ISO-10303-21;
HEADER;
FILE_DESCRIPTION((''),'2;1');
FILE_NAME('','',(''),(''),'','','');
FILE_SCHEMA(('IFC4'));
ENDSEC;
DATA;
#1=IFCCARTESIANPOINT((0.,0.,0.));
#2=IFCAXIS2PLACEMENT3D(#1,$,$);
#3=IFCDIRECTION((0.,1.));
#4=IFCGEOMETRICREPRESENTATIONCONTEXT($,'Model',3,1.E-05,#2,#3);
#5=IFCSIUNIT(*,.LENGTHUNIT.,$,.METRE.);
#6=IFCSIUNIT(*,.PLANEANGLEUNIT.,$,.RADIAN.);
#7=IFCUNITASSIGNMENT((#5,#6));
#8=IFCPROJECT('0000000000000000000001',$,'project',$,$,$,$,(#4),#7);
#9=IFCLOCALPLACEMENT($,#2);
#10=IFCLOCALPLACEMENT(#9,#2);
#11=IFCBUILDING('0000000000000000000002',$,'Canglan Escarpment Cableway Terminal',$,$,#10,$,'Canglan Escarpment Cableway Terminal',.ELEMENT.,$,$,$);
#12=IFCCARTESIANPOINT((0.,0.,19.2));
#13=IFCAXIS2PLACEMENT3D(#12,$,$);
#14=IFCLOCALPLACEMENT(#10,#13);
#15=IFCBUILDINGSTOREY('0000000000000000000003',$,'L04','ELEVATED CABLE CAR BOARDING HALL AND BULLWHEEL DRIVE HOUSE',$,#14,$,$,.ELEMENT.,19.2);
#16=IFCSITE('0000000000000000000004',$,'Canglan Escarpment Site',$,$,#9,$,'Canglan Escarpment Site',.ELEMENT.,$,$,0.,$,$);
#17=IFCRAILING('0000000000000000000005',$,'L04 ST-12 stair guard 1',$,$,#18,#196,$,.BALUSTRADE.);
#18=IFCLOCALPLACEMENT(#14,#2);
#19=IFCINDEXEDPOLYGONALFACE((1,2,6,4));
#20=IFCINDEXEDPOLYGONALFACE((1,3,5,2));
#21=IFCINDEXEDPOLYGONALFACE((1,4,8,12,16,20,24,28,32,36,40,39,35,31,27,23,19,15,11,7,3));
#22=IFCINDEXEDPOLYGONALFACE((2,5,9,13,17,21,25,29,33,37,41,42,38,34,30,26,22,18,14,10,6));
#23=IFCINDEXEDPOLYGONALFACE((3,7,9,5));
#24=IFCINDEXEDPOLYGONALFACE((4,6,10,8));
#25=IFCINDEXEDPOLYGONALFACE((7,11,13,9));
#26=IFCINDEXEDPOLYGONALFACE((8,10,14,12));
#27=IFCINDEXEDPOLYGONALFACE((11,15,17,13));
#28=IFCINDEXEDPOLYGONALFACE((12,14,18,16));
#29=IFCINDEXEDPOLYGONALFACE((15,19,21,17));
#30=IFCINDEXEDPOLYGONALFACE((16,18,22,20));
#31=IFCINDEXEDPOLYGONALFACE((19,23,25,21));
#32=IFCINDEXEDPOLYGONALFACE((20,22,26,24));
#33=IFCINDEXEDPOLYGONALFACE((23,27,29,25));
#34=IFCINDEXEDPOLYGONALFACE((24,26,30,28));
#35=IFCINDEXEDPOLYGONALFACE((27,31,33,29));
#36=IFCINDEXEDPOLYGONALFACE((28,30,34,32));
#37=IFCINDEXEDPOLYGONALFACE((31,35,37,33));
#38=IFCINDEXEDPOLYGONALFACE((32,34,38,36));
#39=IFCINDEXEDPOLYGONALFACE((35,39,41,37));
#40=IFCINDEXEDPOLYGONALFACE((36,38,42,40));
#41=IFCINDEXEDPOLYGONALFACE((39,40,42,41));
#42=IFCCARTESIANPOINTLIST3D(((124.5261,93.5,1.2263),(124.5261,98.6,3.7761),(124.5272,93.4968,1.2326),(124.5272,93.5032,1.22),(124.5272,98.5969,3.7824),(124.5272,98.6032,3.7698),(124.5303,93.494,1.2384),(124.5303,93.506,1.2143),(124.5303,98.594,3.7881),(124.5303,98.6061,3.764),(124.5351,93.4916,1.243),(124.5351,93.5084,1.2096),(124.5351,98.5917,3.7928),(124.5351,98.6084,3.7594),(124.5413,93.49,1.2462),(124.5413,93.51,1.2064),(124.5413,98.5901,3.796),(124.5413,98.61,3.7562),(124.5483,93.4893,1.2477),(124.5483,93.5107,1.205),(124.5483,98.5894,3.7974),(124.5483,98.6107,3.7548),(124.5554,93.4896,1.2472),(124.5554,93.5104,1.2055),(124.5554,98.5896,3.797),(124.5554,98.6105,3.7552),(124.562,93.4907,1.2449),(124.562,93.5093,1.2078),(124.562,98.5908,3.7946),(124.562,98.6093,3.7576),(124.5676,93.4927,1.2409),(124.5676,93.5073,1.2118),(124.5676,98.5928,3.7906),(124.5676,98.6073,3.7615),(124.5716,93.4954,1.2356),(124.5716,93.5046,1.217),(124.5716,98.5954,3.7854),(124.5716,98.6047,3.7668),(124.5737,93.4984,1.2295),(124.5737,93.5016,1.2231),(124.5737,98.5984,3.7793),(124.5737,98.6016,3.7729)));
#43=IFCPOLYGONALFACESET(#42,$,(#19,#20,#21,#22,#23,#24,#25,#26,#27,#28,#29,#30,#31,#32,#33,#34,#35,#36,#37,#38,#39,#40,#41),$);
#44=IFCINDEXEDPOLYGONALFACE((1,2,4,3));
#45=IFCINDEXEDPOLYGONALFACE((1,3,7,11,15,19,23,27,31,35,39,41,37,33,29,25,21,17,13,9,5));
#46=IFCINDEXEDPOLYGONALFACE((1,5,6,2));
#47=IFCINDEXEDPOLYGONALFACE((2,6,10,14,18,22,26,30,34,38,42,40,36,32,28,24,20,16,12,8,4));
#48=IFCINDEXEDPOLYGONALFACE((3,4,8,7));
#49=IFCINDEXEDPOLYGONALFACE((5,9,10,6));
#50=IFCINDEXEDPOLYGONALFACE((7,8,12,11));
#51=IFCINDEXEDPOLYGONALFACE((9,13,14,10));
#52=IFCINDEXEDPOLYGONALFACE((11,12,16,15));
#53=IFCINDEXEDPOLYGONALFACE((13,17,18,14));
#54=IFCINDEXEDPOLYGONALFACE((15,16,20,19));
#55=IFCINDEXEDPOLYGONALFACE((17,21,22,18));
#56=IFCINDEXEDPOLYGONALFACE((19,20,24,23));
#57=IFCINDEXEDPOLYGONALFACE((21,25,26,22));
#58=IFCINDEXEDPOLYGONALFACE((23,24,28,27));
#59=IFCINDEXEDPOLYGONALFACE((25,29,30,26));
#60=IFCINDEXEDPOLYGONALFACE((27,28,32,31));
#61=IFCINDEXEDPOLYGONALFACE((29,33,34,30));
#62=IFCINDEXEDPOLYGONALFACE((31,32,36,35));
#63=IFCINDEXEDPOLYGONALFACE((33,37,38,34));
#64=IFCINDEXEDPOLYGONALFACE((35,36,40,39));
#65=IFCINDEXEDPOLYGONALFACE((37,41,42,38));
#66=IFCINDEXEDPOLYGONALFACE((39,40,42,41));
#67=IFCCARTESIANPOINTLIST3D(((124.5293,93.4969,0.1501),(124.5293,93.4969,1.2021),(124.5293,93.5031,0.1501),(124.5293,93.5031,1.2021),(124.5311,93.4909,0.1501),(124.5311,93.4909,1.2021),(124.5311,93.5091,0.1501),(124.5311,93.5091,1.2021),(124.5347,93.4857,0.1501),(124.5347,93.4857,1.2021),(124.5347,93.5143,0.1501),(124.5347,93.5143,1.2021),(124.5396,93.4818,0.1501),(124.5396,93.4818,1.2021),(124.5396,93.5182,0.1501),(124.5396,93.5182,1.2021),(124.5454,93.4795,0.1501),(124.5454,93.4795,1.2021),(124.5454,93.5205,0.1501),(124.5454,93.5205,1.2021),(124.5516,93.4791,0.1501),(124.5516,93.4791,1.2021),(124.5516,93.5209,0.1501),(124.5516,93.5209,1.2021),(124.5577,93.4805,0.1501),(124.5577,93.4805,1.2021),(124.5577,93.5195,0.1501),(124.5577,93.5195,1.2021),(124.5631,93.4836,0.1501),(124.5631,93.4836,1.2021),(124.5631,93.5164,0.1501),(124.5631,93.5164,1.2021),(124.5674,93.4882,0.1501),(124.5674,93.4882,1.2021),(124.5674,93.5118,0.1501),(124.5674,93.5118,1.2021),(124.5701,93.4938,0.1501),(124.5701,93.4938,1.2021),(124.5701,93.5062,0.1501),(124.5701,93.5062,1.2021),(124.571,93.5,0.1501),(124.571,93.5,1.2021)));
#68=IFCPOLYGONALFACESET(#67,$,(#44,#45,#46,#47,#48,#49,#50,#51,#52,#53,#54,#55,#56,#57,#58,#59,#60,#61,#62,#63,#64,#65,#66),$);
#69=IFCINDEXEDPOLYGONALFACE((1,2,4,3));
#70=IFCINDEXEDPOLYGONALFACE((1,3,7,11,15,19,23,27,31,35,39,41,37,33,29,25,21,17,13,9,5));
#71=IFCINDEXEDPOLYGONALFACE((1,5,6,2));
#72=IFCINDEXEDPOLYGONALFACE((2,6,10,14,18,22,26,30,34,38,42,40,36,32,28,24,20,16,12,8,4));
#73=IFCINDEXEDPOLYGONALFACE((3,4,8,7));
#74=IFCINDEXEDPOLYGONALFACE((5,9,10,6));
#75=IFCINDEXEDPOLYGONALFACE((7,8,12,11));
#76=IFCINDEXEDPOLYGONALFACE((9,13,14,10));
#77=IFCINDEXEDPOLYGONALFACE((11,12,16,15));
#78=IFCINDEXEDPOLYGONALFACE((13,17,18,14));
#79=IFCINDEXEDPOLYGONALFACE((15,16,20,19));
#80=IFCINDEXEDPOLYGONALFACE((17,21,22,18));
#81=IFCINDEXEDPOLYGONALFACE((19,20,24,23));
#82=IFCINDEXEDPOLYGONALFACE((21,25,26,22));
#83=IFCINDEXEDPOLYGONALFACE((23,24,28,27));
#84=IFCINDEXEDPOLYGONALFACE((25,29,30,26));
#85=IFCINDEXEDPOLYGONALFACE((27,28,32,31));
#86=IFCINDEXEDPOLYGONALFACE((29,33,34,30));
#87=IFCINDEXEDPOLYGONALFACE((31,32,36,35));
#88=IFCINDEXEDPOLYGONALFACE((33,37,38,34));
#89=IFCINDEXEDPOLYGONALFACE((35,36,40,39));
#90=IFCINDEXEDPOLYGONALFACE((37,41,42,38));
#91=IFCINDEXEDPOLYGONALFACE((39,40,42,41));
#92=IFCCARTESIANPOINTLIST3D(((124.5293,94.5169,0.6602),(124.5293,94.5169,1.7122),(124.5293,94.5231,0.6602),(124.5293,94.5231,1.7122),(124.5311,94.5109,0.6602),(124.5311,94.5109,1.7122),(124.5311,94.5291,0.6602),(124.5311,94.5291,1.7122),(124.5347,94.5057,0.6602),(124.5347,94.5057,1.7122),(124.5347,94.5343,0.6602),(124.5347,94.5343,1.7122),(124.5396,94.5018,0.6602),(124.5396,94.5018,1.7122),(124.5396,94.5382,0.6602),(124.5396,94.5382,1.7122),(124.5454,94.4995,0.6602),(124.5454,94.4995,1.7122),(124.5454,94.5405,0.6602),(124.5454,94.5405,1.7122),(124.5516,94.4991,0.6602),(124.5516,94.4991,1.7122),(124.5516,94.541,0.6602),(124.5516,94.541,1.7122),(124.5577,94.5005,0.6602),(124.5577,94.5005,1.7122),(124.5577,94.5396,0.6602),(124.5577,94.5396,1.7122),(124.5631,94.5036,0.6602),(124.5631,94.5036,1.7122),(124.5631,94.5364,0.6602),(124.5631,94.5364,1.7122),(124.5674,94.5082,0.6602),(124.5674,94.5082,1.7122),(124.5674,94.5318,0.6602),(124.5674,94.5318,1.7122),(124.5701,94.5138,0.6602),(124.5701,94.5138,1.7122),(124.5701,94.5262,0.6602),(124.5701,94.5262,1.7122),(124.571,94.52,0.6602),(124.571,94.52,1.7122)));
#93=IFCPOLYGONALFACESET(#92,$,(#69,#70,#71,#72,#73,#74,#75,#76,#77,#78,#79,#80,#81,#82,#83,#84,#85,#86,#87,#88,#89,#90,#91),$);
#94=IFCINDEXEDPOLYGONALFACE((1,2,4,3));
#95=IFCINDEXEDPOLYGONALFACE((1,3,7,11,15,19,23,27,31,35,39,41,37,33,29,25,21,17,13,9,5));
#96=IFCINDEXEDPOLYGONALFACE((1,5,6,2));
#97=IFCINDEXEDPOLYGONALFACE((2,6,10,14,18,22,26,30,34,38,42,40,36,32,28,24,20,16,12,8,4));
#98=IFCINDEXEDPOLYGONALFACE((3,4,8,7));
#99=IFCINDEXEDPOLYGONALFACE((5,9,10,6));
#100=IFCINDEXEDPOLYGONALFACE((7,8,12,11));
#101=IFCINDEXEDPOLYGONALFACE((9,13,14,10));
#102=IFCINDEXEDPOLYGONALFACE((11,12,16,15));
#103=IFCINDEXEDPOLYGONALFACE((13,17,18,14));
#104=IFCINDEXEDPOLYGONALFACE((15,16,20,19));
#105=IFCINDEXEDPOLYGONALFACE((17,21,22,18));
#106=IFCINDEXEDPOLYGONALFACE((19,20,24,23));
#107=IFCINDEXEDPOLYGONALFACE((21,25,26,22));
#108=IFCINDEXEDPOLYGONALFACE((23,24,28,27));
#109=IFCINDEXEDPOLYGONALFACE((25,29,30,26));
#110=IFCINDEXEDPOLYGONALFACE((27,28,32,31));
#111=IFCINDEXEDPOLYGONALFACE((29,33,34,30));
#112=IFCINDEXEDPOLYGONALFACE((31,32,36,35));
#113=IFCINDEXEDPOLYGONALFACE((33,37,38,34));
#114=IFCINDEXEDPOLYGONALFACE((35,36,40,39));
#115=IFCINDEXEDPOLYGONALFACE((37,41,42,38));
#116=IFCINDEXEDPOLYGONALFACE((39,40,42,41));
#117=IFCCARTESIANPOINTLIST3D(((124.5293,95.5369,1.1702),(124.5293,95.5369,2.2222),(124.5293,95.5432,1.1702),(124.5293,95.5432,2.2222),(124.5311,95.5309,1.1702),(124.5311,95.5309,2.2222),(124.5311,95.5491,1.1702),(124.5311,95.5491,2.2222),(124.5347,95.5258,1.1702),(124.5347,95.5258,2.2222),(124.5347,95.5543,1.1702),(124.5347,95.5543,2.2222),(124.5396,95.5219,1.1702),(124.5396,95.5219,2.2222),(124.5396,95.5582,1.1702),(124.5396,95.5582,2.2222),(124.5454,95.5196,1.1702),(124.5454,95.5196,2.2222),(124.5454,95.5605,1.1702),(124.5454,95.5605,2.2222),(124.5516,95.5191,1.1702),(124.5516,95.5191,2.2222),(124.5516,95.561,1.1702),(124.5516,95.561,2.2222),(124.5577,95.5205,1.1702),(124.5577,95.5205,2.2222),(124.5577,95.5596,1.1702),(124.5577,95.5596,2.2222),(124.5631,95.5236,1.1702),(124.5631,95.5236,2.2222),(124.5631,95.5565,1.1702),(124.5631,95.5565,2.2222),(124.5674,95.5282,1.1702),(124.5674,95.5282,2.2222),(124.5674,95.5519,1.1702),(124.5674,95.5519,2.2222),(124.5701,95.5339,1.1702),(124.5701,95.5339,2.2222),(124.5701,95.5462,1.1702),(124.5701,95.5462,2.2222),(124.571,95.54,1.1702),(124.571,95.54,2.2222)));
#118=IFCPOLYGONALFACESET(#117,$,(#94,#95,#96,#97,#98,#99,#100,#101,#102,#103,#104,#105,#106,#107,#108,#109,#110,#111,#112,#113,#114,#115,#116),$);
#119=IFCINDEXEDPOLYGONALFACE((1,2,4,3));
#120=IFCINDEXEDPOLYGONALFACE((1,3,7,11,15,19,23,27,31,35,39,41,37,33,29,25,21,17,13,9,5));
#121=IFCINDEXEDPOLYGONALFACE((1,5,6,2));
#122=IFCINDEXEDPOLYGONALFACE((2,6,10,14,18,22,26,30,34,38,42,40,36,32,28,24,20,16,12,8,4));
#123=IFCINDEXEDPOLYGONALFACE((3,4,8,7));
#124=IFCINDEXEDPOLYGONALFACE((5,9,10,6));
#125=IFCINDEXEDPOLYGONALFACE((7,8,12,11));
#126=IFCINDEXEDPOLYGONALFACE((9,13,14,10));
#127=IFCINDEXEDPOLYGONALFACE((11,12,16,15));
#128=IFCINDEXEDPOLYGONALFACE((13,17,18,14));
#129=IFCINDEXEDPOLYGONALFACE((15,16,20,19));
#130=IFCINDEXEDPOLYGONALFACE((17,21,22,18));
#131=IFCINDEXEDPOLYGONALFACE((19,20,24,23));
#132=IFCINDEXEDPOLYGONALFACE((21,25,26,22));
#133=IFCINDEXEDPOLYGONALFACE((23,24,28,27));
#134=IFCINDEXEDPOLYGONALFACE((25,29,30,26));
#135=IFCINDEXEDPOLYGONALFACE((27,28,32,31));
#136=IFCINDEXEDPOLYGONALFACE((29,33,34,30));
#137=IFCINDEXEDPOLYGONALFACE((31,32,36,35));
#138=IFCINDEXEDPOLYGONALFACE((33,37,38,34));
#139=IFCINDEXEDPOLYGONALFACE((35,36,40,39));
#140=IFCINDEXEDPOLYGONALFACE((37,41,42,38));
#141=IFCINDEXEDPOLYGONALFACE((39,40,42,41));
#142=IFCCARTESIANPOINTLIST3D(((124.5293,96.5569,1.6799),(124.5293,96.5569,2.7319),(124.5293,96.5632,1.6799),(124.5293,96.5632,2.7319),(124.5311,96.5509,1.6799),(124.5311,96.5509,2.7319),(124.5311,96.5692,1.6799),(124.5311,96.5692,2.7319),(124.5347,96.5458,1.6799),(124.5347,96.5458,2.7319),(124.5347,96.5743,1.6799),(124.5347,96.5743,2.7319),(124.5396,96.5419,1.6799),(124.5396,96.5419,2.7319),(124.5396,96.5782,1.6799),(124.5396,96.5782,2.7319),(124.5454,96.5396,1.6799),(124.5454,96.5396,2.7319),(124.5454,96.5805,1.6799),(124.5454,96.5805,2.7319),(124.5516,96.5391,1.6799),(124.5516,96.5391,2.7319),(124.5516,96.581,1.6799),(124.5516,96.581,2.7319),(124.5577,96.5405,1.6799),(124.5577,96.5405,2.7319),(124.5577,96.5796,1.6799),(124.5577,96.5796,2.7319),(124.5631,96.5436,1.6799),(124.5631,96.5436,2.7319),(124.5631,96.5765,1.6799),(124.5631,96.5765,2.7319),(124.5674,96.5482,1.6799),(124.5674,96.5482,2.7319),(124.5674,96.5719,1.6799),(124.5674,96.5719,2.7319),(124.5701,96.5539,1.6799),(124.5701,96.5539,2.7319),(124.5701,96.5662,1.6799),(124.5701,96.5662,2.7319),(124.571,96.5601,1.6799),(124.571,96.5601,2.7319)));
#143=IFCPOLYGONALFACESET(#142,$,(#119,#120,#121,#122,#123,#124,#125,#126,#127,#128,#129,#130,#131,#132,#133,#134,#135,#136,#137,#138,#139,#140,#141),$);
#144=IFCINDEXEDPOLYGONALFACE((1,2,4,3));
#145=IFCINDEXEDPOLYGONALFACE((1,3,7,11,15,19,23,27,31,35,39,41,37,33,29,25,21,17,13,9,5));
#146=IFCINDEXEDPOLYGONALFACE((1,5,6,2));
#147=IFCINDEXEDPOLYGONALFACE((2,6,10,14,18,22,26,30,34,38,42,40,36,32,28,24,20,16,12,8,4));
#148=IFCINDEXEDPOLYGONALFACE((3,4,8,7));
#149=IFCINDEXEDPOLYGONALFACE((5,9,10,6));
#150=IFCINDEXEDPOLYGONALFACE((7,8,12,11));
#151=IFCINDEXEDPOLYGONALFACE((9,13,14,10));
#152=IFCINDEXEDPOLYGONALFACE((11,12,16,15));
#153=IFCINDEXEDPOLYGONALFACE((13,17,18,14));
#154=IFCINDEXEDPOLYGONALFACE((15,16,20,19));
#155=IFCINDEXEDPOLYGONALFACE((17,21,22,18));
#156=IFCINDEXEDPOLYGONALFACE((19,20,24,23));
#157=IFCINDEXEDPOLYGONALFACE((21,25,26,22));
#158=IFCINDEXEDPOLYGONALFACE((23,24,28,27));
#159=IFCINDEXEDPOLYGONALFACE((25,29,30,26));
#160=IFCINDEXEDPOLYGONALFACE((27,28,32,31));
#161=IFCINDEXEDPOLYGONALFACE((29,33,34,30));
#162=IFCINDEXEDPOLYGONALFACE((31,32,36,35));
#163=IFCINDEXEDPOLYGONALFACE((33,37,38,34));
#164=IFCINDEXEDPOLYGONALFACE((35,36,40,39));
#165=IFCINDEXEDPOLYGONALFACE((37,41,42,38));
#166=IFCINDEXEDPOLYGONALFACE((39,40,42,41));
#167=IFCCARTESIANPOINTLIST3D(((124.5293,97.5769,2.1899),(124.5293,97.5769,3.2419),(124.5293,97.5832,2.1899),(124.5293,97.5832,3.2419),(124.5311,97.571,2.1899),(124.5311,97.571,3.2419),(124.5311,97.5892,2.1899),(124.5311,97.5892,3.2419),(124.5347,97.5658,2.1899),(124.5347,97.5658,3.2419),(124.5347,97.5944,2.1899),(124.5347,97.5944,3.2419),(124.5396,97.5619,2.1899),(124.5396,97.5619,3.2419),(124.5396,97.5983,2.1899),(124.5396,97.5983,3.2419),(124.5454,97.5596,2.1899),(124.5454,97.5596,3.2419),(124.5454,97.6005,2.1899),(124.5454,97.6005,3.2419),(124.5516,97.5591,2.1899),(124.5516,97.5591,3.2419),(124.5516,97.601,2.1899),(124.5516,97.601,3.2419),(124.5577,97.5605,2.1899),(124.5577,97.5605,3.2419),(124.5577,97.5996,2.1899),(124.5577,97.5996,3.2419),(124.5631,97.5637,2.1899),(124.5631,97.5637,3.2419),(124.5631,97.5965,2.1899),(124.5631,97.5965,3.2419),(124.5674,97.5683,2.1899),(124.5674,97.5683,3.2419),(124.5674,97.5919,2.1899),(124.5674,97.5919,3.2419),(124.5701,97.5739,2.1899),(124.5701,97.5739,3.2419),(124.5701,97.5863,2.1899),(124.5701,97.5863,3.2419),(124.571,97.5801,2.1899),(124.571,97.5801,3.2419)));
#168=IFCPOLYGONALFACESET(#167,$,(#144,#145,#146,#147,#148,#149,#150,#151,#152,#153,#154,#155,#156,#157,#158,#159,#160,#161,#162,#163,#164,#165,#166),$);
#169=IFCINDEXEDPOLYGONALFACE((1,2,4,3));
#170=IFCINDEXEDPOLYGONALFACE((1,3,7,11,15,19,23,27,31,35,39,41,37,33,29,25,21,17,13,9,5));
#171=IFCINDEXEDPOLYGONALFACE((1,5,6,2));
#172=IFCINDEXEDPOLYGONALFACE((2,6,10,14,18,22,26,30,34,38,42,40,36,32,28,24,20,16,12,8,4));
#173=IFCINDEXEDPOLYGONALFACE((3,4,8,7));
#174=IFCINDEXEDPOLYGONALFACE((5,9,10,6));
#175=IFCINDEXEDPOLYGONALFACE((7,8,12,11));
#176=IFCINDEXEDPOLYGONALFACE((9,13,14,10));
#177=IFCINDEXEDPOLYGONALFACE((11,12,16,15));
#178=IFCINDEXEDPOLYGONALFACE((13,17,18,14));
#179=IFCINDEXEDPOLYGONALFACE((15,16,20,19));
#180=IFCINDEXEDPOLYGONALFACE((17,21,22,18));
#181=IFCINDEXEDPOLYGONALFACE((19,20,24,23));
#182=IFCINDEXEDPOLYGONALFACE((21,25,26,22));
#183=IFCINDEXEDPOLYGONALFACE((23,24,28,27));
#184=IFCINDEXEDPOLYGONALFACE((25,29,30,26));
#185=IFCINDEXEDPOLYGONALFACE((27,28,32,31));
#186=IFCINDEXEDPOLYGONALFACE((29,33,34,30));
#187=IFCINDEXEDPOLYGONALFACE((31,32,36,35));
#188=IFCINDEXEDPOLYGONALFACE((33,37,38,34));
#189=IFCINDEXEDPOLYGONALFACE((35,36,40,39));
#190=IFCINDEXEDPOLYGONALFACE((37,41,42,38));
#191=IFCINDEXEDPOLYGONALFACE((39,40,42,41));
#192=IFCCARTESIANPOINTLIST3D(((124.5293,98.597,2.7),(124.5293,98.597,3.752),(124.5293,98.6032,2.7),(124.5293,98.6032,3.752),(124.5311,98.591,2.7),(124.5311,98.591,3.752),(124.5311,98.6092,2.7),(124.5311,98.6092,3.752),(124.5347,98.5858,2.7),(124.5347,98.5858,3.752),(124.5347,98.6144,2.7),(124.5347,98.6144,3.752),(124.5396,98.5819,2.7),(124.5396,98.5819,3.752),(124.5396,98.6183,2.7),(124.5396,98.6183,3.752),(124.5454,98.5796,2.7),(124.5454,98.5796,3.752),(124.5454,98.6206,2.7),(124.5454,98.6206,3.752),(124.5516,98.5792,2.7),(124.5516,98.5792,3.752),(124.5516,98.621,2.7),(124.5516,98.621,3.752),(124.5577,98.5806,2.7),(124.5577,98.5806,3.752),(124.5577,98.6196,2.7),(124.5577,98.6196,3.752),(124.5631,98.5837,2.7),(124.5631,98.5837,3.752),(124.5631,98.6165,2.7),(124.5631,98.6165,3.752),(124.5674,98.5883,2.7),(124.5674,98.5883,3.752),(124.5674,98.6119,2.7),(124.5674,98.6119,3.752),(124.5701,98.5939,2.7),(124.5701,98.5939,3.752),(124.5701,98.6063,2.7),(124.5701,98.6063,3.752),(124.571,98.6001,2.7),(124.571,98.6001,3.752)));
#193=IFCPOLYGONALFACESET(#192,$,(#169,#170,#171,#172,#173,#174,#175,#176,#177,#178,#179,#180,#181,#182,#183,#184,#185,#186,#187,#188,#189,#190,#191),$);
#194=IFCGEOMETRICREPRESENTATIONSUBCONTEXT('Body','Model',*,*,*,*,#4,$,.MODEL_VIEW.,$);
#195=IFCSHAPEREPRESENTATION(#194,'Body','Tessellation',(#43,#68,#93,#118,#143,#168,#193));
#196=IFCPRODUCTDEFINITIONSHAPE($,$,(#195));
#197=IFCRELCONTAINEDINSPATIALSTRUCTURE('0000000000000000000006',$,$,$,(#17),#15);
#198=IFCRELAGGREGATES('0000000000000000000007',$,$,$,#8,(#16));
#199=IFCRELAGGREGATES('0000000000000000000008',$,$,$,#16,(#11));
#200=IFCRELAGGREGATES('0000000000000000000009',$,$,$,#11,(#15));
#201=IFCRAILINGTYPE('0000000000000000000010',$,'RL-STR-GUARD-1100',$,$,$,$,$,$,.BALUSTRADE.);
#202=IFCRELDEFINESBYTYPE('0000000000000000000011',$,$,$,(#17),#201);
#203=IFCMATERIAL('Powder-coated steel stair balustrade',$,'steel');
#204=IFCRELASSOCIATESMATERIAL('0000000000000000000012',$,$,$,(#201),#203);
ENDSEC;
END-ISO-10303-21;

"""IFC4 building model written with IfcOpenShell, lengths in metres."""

from ifc_helpers import new_model, si_unit, direction, frame, origin, origin_2d, place, context, subcontext, project, spatial, circle, extrude, material, type_object, element, save


model = new_model("IFC4")

# Units and contexts
model_context = context("Model", 3, precision=1e-05, world=origin(), true_north=direction((0.0, 1.0)))
body_context = subcontext(model_context, "Body", "Model", "MODEL_VIEW")
ifc_project = project(units=[si_unit("LENGTHUNIT", "METRE"), si_unit("PLANEANGLEUNIT", "RADIAN")], contexts=[model_context])

# Site, building, storey
site_placement = place(None, origin())
site = spatial("IfcSite", under=ifc_project, at=site_placement, Name="Canglan Escarpment Site", LongName="Canglan Escarpment Site", CompositionType="ELEMENT", RefElevation=0.0)
building_placement = place(site_placement, origin())
building = spatial("IfcBuilding", under=site, at=building_placement, Name="Canglan Escarpment Cableway Terminal", LongName="Canglan Escarpment Cableway Terminal", CompositionType="ELEMENT")
storey_placement = place(building_placement, frame((0.0, 0.0, 19.2)))
storey = spatial("IfcBuildingStorey", under=building, at=storey_placement, Name="L04", Description="ELEVATED CABLE CAR BOARDING HALL AND BULLWHEEL DRIVE HOUSE", CompositionType="ELEMENT", Elevation=19.2)

# Railing
ifc_material_1 = material(Name="Powder-coated steel stair balustrade", Category="steel")
railing_type_1 = type_object("IfcRailingType", Name="RL-STR-GUARD-1100", PredefinedType="BALUSTRADE", material=ifc_material_1)
railing_1_placement = place(storey_placement, frame((124.55, 93.5, 0.1501)))
element("IfcRailing", 1, at=railing_1_placement, inside=storey, type_object=railing_type_1, Name="L04 ST-12 stair guard 1", PredefinedType="BALUSTRADE", context=body_context, shape_type="SweptSolid", body=[
    extrude(circle(Radius=0.0239, at=origin_2d()), frame((0.0, 0.0, 1.0762), z_axis=(0.0, 0.894444, 0.447179), x_axis=(-1.0, 0.0, 0.0)), (0.0, 0.0, 1.0), 5.7019),
    extrude(circle(Radius=0.021, at=origin_2d()), origin(), (0.0, 0.0, 1.0), 1.052),
    extrude(circle(Radius=0.021, at=origin_2d()), frame((0.0, 1.02, 0.51)), (0.0, 0.0, 1.0), 1.052),
    extrude(circle(Radius=0.021, at=origin_2d()), frame((0.0, 2.04, 1.02)), (0.0, 0.0, 1.0), 1.052),
    extrude(circle(Radius=0.021, at=origin_2d()), frame((0.0, 3.0601, 1.5298)), (0.0, 0.0, 1.0), 1.052),
    extrude(circle(Radius=0.021, at=origin_2d()), frame((0.0, 4.0801, 2.0398)), (0.0, 0.0, 1.0), 1.052),
    extrude(circle(Radius=0.021, at=origin_2d()), frame((0.0, 5.1001, 2.5498)), (0.0, 0.0, 1.0), 1.052),
])

save(model, "model.ifc")
